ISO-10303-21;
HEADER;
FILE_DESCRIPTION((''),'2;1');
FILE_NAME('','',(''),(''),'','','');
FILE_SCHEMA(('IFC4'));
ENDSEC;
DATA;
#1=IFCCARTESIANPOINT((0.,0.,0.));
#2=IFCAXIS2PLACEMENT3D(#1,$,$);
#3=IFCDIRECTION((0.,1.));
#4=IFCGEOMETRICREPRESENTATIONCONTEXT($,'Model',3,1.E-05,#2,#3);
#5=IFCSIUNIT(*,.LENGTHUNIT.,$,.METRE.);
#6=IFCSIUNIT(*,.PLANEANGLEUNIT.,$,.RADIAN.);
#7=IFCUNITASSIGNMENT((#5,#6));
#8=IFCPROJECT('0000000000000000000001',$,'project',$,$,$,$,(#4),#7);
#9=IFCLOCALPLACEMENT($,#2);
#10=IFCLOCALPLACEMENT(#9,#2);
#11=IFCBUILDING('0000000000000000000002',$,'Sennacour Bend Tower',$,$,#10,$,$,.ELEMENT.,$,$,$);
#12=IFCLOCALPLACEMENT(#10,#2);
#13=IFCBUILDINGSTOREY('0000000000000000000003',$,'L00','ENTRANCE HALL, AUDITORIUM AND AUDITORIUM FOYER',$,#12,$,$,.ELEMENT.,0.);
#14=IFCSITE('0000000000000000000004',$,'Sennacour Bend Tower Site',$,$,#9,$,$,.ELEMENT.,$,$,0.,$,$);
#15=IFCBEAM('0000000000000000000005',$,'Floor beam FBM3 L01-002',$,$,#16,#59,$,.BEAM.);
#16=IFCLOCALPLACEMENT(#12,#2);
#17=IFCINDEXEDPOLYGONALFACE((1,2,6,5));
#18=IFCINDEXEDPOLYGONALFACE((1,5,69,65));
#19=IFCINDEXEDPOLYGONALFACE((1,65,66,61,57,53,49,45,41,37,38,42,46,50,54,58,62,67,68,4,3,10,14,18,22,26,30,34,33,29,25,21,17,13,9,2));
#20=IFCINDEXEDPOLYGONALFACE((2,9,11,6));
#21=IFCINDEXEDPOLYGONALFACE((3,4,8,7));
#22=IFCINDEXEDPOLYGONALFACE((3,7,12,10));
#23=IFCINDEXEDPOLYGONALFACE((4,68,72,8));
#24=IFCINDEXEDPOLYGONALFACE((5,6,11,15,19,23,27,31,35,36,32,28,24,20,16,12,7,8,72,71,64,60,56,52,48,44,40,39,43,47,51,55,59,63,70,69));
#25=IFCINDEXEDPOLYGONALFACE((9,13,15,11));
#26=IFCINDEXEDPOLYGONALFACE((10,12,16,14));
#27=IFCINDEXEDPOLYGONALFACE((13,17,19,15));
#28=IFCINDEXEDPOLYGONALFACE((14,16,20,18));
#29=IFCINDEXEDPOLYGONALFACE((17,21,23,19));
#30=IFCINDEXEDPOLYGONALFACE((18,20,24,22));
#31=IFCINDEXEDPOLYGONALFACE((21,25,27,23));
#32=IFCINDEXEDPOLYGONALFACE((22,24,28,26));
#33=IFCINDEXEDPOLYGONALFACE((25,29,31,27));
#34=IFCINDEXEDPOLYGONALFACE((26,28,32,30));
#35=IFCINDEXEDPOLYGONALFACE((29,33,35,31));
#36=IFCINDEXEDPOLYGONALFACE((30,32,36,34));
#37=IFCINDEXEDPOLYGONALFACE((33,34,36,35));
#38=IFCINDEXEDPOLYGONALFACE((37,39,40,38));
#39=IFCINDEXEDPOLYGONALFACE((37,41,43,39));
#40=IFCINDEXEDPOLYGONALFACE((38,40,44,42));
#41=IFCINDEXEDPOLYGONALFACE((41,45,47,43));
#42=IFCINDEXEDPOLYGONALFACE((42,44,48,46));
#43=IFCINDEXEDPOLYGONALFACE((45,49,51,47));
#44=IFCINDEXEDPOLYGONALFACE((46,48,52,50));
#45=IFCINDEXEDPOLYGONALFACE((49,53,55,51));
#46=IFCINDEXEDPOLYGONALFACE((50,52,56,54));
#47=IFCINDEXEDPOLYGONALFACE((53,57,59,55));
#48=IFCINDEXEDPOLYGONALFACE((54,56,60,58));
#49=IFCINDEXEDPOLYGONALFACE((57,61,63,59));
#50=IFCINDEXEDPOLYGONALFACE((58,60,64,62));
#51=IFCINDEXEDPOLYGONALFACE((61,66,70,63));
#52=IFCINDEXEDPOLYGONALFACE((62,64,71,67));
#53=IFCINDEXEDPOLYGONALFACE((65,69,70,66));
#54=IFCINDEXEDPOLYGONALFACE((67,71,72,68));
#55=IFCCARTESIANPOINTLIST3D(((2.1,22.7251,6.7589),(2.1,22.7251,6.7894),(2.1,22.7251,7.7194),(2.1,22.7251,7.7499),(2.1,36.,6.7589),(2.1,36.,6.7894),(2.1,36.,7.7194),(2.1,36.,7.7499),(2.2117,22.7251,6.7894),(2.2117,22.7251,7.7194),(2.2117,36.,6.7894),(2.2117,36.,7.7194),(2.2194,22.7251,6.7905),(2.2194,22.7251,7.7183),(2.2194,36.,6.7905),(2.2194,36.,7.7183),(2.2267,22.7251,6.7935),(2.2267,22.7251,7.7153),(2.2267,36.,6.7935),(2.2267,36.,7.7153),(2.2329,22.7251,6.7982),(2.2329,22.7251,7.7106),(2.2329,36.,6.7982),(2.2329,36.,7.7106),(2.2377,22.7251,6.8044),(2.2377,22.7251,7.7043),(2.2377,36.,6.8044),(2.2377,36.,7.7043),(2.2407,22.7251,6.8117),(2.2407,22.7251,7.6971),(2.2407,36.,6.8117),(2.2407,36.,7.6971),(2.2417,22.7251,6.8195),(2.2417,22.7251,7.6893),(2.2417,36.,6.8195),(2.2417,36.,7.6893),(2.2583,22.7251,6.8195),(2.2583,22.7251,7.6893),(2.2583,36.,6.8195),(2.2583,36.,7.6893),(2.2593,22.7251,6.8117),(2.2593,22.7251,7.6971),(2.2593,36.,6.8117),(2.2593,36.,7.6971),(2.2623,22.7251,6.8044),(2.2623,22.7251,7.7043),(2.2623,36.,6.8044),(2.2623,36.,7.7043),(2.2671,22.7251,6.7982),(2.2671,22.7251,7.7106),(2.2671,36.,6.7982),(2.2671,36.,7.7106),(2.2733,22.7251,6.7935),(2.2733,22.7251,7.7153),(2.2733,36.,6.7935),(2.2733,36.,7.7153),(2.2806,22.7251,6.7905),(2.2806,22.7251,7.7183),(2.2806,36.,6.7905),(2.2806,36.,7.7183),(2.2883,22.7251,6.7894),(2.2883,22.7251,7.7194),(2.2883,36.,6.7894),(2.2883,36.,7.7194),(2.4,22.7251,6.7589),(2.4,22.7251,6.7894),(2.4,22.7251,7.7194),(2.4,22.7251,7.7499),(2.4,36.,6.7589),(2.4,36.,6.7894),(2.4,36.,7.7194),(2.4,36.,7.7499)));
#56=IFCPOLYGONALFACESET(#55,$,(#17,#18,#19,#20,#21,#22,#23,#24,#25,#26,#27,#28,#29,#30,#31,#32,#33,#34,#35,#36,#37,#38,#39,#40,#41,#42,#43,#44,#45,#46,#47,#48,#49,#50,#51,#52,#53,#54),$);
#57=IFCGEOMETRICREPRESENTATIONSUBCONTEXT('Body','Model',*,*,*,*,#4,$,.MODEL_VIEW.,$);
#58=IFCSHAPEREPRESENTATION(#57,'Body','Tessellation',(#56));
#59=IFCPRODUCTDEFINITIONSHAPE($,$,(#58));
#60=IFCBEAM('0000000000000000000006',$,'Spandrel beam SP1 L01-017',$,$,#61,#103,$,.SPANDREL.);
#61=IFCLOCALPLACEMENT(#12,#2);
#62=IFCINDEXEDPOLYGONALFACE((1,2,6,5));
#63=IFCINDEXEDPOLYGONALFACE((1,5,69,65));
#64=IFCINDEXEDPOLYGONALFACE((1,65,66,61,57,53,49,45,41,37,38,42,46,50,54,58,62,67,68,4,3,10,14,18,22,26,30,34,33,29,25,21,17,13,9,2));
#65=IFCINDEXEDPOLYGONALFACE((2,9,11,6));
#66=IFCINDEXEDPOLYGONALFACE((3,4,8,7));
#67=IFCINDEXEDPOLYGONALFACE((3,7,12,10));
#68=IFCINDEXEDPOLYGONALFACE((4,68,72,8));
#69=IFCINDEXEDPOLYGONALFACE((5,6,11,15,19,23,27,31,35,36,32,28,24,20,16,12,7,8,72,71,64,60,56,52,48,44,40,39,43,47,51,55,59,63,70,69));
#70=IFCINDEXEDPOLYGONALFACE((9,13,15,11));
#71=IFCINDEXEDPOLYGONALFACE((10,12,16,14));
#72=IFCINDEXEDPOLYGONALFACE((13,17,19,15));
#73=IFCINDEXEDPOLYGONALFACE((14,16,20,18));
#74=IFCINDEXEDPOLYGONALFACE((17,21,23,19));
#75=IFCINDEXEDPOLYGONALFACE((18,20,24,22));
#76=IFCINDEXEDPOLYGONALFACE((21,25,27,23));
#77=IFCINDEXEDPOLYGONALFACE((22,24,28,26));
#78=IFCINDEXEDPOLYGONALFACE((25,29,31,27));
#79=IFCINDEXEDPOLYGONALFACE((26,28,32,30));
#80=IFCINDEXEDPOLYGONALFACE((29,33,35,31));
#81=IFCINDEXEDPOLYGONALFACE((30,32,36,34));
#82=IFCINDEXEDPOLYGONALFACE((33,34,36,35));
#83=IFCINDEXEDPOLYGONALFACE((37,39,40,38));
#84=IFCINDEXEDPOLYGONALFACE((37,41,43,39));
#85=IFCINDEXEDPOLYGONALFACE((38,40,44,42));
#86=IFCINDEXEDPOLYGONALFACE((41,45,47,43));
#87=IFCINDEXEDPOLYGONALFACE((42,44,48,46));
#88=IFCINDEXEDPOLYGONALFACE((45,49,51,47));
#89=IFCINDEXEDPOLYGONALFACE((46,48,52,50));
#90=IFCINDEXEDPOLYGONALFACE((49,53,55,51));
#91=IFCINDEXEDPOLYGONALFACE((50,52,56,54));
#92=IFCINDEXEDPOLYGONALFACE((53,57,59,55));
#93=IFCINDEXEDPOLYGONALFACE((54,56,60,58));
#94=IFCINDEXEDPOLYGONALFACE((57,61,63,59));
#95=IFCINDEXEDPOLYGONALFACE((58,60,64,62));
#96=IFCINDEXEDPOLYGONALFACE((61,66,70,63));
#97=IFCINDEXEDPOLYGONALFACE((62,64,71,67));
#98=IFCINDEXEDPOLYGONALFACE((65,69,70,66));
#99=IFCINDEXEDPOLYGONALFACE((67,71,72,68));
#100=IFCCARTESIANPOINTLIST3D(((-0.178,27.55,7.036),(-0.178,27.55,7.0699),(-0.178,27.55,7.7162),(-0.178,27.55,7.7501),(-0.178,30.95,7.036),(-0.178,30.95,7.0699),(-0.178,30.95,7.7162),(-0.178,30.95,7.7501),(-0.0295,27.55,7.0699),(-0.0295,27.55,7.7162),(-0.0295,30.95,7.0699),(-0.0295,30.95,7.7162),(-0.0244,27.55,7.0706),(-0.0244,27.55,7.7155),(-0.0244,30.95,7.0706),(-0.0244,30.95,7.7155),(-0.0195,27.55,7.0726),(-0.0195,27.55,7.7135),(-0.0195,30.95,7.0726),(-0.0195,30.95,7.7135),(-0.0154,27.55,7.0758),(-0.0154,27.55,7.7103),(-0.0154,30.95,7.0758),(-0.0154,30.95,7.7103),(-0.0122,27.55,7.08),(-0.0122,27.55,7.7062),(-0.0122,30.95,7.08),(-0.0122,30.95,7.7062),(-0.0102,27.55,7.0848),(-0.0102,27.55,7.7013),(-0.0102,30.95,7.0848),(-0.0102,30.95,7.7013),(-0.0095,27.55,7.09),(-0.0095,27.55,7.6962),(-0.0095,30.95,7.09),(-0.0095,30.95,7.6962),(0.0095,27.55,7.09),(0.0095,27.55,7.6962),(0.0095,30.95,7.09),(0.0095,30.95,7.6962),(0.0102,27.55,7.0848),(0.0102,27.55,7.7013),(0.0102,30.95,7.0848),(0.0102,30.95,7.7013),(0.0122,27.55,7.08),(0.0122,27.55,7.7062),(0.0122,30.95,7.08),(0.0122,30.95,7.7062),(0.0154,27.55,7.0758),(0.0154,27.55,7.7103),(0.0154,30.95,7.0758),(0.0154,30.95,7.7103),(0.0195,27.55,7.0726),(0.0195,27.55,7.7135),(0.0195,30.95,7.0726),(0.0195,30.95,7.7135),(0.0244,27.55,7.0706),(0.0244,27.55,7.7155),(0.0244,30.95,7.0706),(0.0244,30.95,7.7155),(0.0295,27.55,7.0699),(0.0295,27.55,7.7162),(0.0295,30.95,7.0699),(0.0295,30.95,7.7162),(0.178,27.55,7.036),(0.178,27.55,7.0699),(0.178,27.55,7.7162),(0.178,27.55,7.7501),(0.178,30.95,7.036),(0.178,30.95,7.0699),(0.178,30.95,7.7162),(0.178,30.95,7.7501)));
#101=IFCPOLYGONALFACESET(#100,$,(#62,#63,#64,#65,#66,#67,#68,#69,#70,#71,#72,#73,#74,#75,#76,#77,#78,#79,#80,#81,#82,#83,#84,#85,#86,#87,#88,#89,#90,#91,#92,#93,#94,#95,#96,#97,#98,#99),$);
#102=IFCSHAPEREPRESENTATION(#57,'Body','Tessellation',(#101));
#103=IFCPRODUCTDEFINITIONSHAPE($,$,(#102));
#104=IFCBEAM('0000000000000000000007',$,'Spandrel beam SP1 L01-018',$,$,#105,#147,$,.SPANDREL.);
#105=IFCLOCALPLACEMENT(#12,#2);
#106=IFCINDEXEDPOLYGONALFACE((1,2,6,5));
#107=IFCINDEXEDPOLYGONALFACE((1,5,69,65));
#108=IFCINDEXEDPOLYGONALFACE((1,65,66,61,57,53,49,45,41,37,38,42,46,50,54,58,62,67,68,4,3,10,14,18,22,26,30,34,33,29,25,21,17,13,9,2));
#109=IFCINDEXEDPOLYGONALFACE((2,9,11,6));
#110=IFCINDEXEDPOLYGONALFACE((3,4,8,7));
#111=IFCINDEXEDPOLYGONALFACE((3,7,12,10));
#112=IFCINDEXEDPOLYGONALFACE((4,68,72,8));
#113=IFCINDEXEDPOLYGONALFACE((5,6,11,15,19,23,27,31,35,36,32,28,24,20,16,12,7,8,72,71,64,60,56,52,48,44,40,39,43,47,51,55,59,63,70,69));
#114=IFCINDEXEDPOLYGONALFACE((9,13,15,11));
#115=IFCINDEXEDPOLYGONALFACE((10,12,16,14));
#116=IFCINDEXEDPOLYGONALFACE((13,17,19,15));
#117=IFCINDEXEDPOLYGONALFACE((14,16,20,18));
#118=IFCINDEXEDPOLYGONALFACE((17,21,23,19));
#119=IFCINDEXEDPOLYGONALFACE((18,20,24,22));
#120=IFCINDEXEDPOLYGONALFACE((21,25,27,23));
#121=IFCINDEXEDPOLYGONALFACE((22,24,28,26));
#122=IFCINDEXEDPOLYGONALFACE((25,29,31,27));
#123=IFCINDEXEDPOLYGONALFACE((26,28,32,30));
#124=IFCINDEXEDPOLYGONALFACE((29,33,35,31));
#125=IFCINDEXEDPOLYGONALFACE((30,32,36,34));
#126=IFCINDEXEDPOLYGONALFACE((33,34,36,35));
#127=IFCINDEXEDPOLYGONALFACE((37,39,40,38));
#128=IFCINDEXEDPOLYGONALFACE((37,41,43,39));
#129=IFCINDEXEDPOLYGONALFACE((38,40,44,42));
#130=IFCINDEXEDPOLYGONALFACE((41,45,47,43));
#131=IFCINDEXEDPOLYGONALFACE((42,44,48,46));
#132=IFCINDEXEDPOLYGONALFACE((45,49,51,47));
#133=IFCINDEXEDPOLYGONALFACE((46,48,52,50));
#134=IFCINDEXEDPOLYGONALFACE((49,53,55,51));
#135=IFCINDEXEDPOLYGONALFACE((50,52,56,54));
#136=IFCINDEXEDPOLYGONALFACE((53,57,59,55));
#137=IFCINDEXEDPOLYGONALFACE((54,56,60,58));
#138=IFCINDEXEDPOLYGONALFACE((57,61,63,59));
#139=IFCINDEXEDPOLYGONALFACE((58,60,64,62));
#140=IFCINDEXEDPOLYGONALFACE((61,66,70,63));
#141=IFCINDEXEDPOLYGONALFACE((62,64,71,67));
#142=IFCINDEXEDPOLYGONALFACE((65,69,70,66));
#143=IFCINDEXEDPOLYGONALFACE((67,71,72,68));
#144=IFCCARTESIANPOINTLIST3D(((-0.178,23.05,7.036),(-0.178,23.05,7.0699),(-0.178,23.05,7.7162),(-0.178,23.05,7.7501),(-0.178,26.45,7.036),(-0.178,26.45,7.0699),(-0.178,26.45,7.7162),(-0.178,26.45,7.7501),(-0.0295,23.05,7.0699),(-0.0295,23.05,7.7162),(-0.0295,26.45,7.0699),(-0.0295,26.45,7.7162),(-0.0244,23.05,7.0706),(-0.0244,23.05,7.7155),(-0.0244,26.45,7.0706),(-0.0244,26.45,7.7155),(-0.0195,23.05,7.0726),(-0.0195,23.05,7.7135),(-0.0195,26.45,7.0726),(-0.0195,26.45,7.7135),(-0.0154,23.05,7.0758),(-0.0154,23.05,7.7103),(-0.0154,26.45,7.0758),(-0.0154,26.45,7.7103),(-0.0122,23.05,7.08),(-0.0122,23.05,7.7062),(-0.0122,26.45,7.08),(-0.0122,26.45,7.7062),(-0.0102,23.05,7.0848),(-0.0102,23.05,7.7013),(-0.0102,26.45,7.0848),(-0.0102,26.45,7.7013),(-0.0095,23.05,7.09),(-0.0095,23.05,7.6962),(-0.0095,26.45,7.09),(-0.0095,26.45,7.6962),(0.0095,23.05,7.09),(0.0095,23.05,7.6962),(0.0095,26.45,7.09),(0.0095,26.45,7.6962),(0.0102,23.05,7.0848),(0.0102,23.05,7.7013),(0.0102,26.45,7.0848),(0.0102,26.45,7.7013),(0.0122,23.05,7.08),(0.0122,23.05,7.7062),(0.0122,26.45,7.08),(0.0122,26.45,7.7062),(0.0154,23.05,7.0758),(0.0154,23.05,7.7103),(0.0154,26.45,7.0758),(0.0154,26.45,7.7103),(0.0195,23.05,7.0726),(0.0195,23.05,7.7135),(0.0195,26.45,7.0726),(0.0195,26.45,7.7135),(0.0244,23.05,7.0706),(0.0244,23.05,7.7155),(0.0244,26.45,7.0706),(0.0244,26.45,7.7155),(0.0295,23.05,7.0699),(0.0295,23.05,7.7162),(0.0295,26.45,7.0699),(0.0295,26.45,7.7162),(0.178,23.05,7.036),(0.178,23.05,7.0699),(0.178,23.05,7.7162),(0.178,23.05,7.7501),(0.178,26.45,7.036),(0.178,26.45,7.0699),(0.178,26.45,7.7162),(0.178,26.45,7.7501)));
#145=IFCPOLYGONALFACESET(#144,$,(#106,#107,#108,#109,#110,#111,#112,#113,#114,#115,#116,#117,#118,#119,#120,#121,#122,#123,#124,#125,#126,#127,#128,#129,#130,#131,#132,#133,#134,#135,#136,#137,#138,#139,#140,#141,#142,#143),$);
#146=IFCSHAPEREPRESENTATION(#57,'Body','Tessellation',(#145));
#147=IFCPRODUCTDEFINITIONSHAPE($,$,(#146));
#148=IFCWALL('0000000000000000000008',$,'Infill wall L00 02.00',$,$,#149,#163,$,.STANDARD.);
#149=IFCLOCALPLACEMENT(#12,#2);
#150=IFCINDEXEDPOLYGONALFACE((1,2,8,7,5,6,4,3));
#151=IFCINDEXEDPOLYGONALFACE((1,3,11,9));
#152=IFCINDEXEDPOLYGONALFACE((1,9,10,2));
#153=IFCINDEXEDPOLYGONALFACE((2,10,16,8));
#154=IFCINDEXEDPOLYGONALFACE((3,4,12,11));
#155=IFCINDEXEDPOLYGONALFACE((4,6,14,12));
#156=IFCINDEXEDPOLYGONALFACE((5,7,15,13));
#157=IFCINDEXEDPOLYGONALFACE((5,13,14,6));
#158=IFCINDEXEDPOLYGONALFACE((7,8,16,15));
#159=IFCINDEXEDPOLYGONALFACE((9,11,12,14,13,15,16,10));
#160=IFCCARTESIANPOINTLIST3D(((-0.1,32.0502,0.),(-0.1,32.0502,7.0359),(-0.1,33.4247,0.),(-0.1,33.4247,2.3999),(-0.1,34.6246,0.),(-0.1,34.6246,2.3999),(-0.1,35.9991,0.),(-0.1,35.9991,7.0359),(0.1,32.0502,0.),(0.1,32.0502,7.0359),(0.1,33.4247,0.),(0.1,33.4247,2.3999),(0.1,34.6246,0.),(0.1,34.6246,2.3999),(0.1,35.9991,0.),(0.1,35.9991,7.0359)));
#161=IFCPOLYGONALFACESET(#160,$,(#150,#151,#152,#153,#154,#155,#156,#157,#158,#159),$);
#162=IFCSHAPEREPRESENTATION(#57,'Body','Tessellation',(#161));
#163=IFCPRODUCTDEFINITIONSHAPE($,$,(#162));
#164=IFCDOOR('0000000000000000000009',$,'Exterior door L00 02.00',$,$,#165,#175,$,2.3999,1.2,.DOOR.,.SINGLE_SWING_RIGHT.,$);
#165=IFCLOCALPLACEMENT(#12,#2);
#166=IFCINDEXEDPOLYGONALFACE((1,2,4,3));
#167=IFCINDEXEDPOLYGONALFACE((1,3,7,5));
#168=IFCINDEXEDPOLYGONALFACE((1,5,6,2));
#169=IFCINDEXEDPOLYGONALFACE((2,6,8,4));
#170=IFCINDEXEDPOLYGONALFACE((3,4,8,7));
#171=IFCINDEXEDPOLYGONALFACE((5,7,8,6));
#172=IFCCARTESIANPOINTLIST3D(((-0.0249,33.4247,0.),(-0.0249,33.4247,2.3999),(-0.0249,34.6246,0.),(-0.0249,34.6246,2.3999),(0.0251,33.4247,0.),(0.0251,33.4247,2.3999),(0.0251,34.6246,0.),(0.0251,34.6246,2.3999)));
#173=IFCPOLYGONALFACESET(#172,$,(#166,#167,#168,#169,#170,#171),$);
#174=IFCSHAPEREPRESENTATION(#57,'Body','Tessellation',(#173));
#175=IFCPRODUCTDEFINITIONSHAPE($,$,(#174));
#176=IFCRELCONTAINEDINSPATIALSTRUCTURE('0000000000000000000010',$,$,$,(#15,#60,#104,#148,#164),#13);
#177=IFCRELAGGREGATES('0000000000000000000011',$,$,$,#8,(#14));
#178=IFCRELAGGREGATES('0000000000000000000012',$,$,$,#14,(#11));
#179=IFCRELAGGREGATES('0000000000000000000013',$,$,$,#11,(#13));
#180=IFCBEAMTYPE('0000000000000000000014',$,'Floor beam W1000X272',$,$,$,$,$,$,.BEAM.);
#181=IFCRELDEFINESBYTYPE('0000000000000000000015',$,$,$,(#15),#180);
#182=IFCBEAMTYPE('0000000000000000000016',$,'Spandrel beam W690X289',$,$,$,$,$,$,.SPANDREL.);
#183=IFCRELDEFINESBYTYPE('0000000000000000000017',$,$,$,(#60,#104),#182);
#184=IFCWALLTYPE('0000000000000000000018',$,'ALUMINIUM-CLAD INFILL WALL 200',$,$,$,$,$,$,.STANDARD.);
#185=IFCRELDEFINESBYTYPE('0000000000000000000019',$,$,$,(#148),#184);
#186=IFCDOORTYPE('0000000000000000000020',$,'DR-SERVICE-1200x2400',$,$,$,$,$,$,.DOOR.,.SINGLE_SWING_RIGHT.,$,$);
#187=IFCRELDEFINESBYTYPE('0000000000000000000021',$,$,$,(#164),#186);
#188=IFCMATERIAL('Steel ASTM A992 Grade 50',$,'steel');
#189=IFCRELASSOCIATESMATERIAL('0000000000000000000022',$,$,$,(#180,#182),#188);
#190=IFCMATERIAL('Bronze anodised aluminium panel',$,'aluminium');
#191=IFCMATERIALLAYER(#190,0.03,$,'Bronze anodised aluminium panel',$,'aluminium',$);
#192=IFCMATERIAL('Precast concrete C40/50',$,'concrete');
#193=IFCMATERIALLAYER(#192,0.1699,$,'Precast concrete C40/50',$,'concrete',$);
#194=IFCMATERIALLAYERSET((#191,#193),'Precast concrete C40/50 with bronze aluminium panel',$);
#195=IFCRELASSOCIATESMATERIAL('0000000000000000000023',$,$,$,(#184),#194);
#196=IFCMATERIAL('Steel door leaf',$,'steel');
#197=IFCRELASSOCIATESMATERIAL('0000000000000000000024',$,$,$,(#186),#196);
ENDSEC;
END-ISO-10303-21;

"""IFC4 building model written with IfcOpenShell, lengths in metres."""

from ifc_helpers import new_model, si_unit, direction, frame, frame_2d, origin, origin_2d, place, context, subcontext, project, spatial, rectangle, i_section, extrude, material, layer, layer_set, material_profile, profile_set, type_object, element, fill, save


model = new_model("IFC4")

# Units and contexts
model_context = context("Model", 3, precision=1e-05, world=origin(), true_north=direction((0.0, 1.0)))
body_context = subcontext(model_context, "Body", "Model", "MODEL_VIEW")
ifc_project = project(units=[si_unit("LENGTHUNIT", "METRE"), si_unit("PLANEANGLEUNIT", "RADIAN")], contexts=[model_context])

# Site, building, storey
site_placement = place(None, origin())
site = spatial("IfcSite", under=ifc_project, at=site_placement, Name="Sennacour Bend Tower Site", CompositionType="ELEMENT", RefElevation=0.0)
building_placement = place(site_placement, origin())
building = spatial("IfcBuilding", under=site, at=building_placement, Name="Sennacour Bend Tower", CompositionType="ELEMENT")
storey_placement = place(building_placement, origin())
storey = spatial("IfcBuildingStorey", under=building, at=storey_placement, Name="L00", Description="ENTRANCE HALL, AUDITORIUM AND AUDITORIUM FOYER", CompositionType="ELEMENT", Elevation=0.0)

# Beams
ifc_material_1 = material(Name="Steel ASTM A992 Grade 50", Category="steel")
ifc_material_profile_1 = material_profile(ifc_material_1, i_section(OverallWidth=0.3, OverallDepth=0.991, WebThickness=0.0166, FlangeThickness=0.0305, FilletRadius=0.03, at=origin_2d()), Name="Steel ASTM A992 Grade 50", Category="steel")
ifc_profile_set_1 = profile_set([ifc_material_profile_1], Name="Steel ASTM A992 Grade 50")
beam_type_1 = type_object("IfcBeamType", Name="Floor beam W1000X272", PredefinedType="BEAM", material=ifc_profile_set_1)
beam_placement = place(storey_placement, frame((2.25, 22.7251, 7.2544), z_axis=(0.0, 1.0, 0.0), x_axis=(-1.0, 0.0, 0.0)))
element("IfcBeam", 1, at=beam_placement, inside=storey, type_object=beam_type_1, Name="Floor beam FBM3 L01-002", PredefinedType="BEAM", context=body_context, shape_type="SweptSolid", body=[
    extrude(i_section(OverallWidth=0.3, OverallDepth=0.991, WebThickness=0.0166, FlangeThickness=0.0305, FilletRadius=0.03, at=origin_2d()), origin(), (0.0, 0.0, 1.0), 13.2749),
])
ifc_material_profile_2 = material_profile(ifc_material_1, i_section(OverallWidth=0.356, OverallDepth=0.7141, WebThickness=0.019, FlangeThickness=0.0339, FilletRadius=0.02, at=origin_2d()), Name="Steel ASTM A992 Grade 50", Category="steel")
ifc_profile_set_2 = profile_set([ifc_material_profile_2], Name="Steel ASTM A992 Grade 50")
beam_type_2 = type_object("IfcBeamType", Name="Spandrel beam W690X289", PredefinedType="SPANDREL", material=ifc_profile_set_2)
for number, where, z_axis, x_axis, name in (
    (2, (0.0, 30.95, 7.3931), (0.0, -1.0, 0.0), (1.0, 0.0, 0.0), "Spandrel beam SP1 L01-017"),
    (3, (0.0, 26.45, 7.3931), (0.0, -1.0, 0.0), (1.0, 0.0, 0.0), "Spandrel beam SP1 L01-018"),
):
    element("IfcBeam", number, at=place(storey_placement, frame(where, z_axis=z_axis, x_axis=x_axis)), inside=storey, type_object=beam_type_2, Name=name, PredefinedType="SPANDREL", context=body_context, shape_type="SweptSolid", body=[
        extrude(i_section(OverallWidth=0.356, OverallDepth=0.7141, WebThickness=0.019, FlangeThickness=0.0339, FilletRadius=0.02, at=origin_2d()), origin(), (0.0, 0.0, 1.0), 3.3999),
    ])

# Wall, opening, door
ifc_material_2 = material(Name="Bronze anodised aluminium panel", Category="aluminium")
ifc_layer_1 = layer(ifc_material_2, 0.03, Name="Bronze anodised aluminium panel", Category="aluminium")
ifc_material_3 = material(Name="Precast concrete C40/50", Category="concrete")
ifc_layer_2 = layer(ifc_material_3, 0.1699, Name="Precast concrete C40/50", Category="concrete")
ifc_layer_set_1 = layer_set([ifc_layer_1, ifc_layer_2], Name="Precast concrete C40/50 with bronze aluminium panel")
wall_type_1 = type_object("IfcWallType", Name="ALUMINIUM-CLAD INFILL WALL 200", PredefinedType="STANDARD", material=ifc_layer_set_1)
wall_1_placement = place(storey_placement, frame((0.0, 32.05, 0.0), z_axis=(0.0, 0.0, 1.0), x_axis=(0.0, 1.0, 0.0)))
wall_1 = element("IfcWall", 4, at=wall_1_placement, inside=storey, type_object=wall_type_1, Name="Infill wall L00 02.00", PredefinedType="STANDARD", context=body_context, shape_type="SweptSolid", body=[
    extrude(rectangle(XDim=3.949, YDim=0.2, at=frame_2d((1.9746, 0.0))), origin(), (0.0, 0.0, 1.0), 7.0359),
])
opening_1_placement = place(wall_1_placement, frame((1.3745, 0.0, 0.0)))
opening_1 = element("IfcOpeningElement", 5, at=opening_1_placement, cuts=wall_1, PredefinedType="OPENING", context=body_context, shape_type="SweptSolid", body=[
    extrude(rectangle(XDim=1.2, YDim=2.3999, at=frame_2d((0.6001, 1.2))), frame((0.0, 0.1099, 0.0), z_axis=(0.0, -1.0, 0.0), x_axis=(1.0, 0.0, 0.0)), (0.0, 0.0, 1.0), 0.22),
])
ifc_material_4 = material(Name="Steel door leaf", Category="steel")
door_type = type_object("IfcDoorType", Name="DR-SERVICE-1200x2400", OperationType="SINGLE_SWING_RIGHT", PredefinedType="DOOR", material=ifc_material_4)
door_placement = place(opening_1_placement, origin())
door = element("IfcDoor", 6, at=door_placement, inside=storey, type_object=door_type, Name="Exterior door L00 02.00", OperationType="SINGLE_SWING_RIGHT", OverallHeight=2.3999, OverallWidth=1.2, PredefinedType="DOOR", context=body_context, shape_type="SweptSolid", body=[
    extrude(rectangle(XDim=1.2, YDim=2.3999, at=frame_2d((0.6001, 1.2))), frame((0.0, 0.0249, 0.0), z_axis=(0.0, -1.0, 0.0), x_axis=(1.0, 0.0, 0.0)), (0.0, 0.0, 1.0), 0.05),
])
fill(opening_1, door)

save(model, "model.ifc")
